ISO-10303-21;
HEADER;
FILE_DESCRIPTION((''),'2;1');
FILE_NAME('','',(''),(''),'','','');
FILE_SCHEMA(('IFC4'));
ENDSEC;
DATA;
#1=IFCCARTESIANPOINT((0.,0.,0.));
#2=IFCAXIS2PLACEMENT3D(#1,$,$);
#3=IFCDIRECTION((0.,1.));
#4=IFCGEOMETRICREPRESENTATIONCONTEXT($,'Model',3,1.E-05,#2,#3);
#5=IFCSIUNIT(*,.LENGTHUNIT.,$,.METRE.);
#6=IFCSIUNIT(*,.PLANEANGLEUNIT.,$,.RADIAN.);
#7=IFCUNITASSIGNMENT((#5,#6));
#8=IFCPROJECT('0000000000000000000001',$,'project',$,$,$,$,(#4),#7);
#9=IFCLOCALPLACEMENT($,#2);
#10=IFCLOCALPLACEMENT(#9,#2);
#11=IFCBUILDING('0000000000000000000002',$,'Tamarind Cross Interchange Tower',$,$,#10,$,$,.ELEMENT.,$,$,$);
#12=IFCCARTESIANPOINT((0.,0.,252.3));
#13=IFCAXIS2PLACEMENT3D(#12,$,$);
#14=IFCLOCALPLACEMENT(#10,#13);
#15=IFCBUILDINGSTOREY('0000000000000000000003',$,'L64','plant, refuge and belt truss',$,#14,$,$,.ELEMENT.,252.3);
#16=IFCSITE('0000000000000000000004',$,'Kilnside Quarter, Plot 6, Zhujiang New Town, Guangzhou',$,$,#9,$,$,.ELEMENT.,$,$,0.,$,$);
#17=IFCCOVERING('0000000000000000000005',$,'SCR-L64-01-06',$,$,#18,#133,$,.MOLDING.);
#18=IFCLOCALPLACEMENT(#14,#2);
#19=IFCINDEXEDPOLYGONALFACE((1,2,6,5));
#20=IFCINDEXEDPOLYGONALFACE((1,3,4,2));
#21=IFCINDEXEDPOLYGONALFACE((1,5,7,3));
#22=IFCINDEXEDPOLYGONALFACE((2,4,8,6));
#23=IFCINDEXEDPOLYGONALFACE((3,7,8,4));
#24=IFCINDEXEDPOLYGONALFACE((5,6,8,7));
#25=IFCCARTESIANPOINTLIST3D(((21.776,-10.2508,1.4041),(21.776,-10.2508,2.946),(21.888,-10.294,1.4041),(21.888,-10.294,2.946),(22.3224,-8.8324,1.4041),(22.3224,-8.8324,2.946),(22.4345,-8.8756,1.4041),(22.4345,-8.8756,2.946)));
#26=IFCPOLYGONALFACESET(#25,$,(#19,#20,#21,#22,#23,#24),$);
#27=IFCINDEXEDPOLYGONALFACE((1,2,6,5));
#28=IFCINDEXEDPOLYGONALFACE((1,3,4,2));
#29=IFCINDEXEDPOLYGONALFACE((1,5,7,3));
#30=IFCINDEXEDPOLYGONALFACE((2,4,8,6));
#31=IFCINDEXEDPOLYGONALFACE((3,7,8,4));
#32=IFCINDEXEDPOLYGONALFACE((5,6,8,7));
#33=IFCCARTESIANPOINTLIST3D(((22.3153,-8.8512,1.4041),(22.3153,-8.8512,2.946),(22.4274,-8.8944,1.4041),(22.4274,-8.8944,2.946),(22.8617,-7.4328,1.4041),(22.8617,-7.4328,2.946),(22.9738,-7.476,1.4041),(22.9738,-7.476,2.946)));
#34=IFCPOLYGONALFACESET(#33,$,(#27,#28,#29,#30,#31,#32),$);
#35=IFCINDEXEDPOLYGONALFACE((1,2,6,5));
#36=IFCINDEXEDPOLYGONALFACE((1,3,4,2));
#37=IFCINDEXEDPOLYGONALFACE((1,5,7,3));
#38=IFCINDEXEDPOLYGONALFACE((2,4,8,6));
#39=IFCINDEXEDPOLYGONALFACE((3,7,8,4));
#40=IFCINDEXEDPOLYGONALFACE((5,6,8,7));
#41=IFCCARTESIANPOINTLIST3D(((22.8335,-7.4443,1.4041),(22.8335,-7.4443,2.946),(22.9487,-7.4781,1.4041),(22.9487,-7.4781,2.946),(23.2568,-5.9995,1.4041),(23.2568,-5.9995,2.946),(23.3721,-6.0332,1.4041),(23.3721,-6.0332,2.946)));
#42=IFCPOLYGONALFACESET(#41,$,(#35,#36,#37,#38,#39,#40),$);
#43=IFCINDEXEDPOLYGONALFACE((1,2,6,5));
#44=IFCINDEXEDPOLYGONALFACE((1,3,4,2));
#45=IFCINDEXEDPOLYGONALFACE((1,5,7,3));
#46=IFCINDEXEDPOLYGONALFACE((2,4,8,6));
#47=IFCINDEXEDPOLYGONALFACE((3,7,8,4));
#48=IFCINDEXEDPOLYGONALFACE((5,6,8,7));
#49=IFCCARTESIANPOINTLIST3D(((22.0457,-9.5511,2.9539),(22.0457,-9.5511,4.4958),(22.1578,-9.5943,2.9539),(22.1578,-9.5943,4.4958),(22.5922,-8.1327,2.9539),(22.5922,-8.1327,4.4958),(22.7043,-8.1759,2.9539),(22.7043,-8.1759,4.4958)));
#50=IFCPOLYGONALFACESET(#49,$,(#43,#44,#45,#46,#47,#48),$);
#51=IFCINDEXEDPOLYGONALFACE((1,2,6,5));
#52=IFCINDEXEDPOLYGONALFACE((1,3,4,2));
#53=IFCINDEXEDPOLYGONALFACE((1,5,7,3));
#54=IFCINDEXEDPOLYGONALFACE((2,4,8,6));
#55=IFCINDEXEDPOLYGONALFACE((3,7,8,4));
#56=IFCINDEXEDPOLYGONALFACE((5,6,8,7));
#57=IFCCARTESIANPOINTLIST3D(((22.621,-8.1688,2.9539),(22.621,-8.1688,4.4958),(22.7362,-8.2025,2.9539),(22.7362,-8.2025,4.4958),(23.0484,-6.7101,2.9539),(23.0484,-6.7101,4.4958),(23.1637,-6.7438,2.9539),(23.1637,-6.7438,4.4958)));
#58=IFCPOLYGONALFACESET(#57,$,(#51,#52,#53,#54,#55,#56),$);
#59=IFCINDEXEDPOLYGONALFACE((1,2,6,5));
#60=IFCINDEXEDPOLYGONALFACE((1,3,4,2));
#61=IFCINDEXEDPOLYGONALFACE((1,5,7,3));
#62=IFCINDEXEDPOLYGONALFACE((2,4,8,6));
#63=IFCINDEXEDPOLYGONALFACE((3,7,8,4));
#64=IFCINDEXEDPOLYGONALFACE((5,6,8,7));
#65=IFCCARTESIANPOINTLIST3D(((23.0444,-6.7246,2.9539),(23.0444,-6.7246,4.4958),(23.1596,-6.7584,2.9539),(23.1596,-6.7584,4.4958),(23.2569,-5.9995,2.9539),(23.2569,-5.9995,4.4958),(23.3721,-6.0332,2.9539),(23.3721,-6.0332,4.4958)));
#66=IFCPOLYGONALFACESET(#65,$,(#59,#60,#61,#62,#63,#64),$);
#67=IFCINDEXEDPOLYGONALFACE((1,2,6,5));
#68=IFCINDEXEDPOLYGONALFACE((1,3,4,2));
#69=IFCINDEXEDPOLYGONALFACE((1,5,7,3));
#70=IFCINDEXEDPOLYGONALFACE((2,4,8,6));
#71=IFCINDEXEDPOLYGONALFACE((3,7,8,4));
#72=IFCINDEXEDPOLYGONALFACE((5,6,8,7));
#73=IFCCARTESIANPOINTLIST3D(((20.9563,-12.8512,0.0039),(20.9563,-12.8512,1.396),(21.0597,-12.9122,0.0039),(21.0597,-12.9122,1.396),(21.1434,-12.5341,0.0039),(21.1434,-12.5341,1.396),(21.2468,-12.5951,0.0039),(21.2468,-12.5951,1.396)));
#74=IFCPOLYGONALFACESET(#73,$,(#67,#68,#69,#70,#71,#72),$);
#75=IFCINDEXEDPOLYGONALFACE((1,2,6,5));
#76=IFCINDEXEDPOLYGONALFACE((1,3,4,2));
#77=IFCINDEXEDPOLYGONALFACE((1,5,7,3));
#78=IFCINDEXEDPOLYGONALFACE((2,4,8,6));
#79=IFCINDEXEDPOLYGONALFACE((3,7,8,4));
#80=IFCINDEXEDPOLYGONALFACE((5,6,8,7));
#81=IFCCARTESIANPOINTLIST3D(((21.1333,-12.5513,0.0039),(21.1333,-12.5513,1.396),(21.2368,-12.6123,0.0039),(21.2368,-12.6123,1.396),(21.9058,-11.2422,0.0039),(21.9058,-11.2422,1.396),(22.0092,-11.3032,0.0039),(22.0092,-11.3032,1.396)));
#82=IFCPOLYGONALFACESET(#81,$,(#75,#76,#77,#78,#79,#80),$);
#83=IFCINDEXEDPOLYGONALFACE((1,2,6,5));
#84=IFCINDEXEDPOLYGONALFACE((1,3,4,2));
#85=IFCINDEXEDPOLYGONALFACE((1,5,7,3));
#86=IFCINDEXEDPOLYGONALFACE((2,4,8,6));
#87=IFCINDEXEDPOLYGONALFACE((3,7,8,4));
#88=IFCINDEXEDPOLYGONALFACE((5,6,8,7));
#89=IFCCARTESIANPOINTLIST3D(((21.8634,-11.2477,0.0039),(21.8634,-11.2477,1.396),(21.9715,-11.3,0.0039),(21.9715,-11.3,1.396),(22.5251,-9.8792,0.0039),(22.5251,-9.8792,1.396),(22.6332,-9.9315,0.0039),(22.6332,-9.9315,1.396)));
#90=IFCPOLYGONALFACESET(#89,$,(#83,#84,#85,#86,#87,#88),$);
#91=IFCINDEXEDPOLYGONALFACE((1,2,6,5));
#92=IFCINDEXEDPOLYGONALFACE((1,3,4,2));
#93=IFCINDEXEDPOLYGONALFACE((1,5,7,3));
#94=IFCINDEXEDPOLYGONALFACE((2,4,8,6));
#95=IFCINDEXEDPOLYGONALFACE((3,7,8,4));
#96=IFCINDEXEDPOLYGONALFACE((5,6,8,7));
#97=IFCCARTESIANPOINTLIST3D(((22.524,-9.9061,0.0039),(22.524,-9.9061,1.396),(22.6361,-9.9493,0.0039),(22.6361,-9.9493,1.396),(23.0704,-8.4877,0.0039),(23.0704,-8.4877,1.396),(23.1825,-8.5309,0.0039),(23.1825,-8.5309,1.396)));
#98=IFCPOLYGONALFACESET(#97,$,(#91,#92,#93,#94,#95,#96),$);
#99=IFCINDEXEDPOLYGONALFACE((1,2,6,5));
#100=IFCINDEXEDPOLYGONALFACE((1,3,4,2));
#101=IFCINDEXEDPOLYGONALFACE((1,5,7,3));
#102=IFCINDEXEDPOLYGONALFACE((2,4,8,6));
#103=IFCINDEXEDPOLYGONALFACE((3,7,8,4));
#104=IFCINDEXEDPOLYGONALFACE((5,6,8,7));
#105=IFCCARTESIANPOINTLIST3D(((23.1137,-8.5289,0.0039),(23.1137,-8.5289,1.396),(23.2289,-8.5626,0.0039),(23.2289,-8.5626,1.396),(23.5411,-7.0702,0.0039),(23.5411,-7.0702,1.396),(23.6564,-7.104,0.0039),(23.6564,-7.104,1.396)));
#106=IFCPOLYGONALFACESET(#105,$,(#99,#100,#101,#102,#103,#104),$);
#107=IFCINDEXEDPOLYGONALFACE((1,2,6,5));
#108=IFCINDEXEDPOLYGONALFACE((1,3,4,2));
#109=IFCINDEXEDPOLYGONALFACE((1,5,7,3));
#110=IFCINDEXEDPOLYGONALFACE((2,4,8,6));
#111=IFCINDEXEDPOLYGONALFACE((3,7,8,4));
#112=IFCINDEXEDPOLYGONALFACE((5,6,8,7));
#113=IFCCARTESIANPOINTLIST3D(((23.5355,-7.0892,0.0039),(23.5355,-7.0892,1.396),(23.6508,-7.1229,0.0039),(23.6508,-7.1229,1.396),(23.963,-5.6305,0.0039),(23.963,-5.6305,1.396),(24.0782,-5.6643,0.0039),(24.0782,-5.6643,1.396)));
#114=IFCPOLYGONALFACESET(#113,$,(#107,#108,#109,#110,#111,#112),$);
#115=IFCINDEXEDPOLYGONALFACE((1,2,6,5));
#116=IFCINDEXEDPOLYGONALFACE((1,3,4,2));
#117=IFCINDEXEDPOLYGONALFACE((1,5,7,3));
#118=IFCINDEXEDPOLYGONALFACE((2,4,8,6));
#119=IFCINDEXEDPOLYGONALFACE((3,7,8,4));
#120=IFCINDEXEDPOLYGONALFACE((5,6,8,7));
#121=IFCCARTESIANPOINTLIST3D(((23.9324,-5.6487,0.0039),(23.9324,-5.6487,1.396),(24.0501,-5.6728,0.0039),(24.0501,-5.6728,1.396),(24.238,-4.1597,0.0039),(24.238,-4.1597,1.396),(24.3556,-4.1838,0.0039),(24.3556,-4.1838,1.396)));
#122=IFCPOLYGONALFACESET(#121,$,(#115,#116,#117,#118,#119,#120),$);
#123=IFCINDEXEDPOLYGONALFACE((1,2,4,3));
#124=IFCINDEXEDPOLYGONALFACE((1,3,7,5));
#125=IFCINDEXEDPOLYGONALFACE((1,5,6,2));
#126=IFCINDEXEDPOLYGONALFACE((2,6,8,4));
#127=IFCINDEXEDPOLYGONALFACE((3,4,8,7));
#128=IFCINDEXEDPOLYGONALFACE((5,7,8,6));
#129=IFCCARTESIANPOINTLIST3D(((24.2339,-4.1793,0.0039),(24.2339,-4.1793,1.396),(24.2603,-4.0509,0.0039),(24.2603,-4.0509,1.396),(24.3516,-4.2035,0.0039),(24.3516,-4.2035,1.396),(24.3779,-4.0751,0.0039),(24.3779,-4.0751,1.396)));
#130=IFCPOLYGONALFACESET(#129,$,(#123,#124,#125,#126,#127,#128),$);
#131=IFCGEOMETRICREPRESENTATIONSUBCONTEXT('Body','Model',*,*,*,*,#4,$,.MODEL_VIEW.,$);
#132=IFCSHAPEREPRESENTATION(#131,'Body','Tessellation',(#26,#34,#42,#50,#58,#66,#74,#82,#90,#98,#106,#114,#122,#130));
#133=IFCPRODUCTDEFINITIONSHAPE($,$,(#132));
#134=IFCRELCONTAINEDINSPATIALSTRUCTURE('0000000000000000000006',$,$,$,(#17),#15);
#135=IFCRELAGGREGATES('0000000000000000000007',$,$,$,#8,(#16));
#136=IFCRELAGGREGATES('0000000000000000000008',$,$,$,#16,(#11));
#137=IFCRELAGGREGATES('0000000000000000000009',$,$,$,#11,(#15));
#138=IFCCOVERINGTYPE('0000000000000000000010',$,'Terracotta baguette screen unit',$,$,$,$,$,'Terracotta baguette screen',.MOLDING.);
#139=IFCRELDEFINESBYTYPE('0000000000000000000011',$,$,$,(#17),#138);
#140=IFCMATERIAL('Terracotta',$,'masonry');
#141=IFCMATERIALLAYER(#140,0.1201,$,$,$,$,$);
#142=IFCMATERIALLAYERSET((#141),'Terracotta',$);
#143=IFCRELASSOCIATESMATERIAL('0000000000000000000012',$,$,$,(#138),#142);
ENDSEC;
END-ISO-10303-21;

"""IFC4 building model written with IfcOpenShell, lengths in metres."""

from ifc_helpers import new_model, si_unit, direction, frame, origin, origin_2d, place, context, subcontext, project, spatial, rectangle, extrude, material, layer, layer_set, type_object, element, save


model = new_model("IFC4")

# Units and contexts
model_context = context("Model", 3, precision=1e-05, world=origin(), true_north=direction((0.0, 1.0)))
body_context = subcontext(model_context, "Body", "Model", "MODEL_VIEW")
ifc_project = project(units=[si_unit("LENGTHUNIT", "METRE"), si_unit("PLANEANGLEUNIT", "RADIAN")], contexts=[model_context])

# Site, building, storey
site_placement = place(None, origin())
site = spatial("IfcSite", under=ifc_project, at=site_placement, Name="Kilnside Quarter, Plot 6, Zhujiang New Town, Guangzhou", CompositionType="ELEMENT", RefElevation=0.0)
building_placement = place(site_placement, origin())
building = spatial("IfcBuilding", under=site, at=building_placement, Name="Tamarind Cross Interchange Tower", CompositionType="ELEMENT")
storey_placement = place(building_placement, frame((0.0, 0.0, 252.3)))
storey = spatial("IfcBuildingStorey", under=building, at=storey_placement, Name="L64", Description="plant, refuge and belt truss", CompositionType="ELEMENT", Elevation=252.3)

# Covering
ifc_material_1 = material(Name="Terracotta", Category="masonry")
ifc_layer_1 = layer(ifc_material_1, 0.1201)
ifc_layer_set_1 = layer_set([ifc_layer_1], Name="Terracotta")
covering_type = type_object("IfcCoveringType", Name="Terracotta baguette screen unit", ElementType="Terracotta baguette screen", PredefinedType="MOLDING", material=ifc_layer_set_1)
covering_1_placement = place(storey_placement, origin())
element("IfcCovering", 1, at=covering_1_placement, inside=storey, type_object=covering_type, Name="SCR-L64-01-06", PredefinedType="MOLDING", context=body_context, shape_type="SweptSolid", body=[
    extrude(rectangle(XDim=1.52, YDim=0.1201, at=origin_2d()), frame((22.1052, -9.5632, 1.4041), z_axis=(0.0, 0.0, 1.0), x_axis=(0.359495, 0.933147, 0.0)), (0.0, 0.0, 1.0), 1.542),
    extrude(rectangle(XDim=1.52, YDim=0.1201, at=origin_2d()), frame((22.6445, -8.1636, 1.4041), z_axis=(0.0, 0.0, 1.0), x_axis=(0.359495, 0.933147, 0.0)), (0.0, 0.0, 1.0), 1.542),
    extrude(rectangle(XDim=1.5056, YDim=0.1201, at=origin_2d()), frame((23.1028, -6.7388, 1.4041), z_axis=(0.0, 0.0, 1.0), x_axis=(0.281209, 0.959647, 0.0)), (0.0, 0.0, 1.0), 1.542),
    extrude(rectangle(XDim=1.52, YDim=0.1201, at=origin_2d()), frame((22.375, -8.8635, 2.9539), z_axis=(0.0, 0.0, 1.0), x_axis=(0.359495, 0.933147, 0.0)), (0.0, 0.0, 1.0), 1.542),
    extrude(rectangle(XDim=1.52, YDim=0.1201, at=origin_2d()), frame((22.8923, -7.4563, 2.9539), z_axis=(0.0, 0.0, 1.0), x_axis=(0.281209, 0.959647, 0.0)), (0.0, 0.0, 1.0), 1.542),
    extrude(rectangle(XDim=0.7556, YDim=0.1201, at=origin_2d()), frame((23.2083, -6.3789, 2.9539), z_axis=(0.0, 0.0, 1.0), x_axis=(0.281209, 0.959647, 0.0)), (0.0, 0.0, 1.0), 1.542),
    extrude(rectangle(XDim=0.3682, YDim=0.1201, at=origin_2d()), frame((21.1016, -12.7231, 0.0039), z_axis=(0.0, 0.0, 1.0), x_axis=(0.508183, 0.861249, 0.0)), (0.0, 0.0, 1.0), 1.3921),
    extrude(rectangle(XDim=1.52, YDim=0.1201, at=origin_2d()), frame((21.5713, -11.9272, 0.0039), z_axis=(0.0, 0.0, 1.0), x_axis=(0.508183, 0.861249, 0.0)), (0.0, 0.0, 1.0), 1.3921),
    extrude(rectangle(XDim=1.52, YDim=0.1201, at=origin_2d()), frame((22.2483, -10.5896, 0.0039), z_axis=(0.0, 0.0, 1.0), x_axis=(0.435326, 0.900273, 0.0)), (0.0, 0.0, 1.0), 1.3921),
    extrude(rectangle(XDim=1.52, YDim=0.1201, at=origin_2d()), frame((22.8533, -9.2185, 0.0039), z_axis=(0.0, 0.0, 1.0), x_axis=(0.359495, 0.933147, 0.0)), (0.0, 0.0, 1.0), 1.3921),
    extrude(rectangle(XDim=1.52, YDim=0.1201, at=origin_2d()), frame((23.385, -7.8164, 0.0039), z_axis=(0.0, 0.0, 1.0), x_axis=(0.281209, 0.959647, 0.0)), (0.0, 0.0, 1.0), 1.3921),
    extrude(rectangle(XDim=1.52, YDim=0.1201, at=origin_2d()), frame((23.8069, -6.3767, 0.0039), z_axis=(0.0, 0.0, 1.0), x_axis=(0.281209, 0.959647, 0.0)), (0.0, 0.0, 1.0), 1.3921),
    extrude(rectangle(XDim=1.52, YDim=0.1201, at=origin_2d()), frame((24.144, -4.9163, 0.0039), z_axis=(0.0, 0.0, 1.0), x_axis=(0.201001, 0.979591, 0.0)), (0.0, 0.0, 1.0), 1.3921),
    extrude(rectangle(XDim=0.1311, YDim=0.1201, at=origin_2d()), frame((24.3059, -4.1272, 0.0039), z_axis=(0.0, 0.0, 1.0), x_axis=(0.201001, 0.979591, 0.0)), (0.0, 0.0, 1.0), 1.3921),
])

save(model, "model.ifc")
